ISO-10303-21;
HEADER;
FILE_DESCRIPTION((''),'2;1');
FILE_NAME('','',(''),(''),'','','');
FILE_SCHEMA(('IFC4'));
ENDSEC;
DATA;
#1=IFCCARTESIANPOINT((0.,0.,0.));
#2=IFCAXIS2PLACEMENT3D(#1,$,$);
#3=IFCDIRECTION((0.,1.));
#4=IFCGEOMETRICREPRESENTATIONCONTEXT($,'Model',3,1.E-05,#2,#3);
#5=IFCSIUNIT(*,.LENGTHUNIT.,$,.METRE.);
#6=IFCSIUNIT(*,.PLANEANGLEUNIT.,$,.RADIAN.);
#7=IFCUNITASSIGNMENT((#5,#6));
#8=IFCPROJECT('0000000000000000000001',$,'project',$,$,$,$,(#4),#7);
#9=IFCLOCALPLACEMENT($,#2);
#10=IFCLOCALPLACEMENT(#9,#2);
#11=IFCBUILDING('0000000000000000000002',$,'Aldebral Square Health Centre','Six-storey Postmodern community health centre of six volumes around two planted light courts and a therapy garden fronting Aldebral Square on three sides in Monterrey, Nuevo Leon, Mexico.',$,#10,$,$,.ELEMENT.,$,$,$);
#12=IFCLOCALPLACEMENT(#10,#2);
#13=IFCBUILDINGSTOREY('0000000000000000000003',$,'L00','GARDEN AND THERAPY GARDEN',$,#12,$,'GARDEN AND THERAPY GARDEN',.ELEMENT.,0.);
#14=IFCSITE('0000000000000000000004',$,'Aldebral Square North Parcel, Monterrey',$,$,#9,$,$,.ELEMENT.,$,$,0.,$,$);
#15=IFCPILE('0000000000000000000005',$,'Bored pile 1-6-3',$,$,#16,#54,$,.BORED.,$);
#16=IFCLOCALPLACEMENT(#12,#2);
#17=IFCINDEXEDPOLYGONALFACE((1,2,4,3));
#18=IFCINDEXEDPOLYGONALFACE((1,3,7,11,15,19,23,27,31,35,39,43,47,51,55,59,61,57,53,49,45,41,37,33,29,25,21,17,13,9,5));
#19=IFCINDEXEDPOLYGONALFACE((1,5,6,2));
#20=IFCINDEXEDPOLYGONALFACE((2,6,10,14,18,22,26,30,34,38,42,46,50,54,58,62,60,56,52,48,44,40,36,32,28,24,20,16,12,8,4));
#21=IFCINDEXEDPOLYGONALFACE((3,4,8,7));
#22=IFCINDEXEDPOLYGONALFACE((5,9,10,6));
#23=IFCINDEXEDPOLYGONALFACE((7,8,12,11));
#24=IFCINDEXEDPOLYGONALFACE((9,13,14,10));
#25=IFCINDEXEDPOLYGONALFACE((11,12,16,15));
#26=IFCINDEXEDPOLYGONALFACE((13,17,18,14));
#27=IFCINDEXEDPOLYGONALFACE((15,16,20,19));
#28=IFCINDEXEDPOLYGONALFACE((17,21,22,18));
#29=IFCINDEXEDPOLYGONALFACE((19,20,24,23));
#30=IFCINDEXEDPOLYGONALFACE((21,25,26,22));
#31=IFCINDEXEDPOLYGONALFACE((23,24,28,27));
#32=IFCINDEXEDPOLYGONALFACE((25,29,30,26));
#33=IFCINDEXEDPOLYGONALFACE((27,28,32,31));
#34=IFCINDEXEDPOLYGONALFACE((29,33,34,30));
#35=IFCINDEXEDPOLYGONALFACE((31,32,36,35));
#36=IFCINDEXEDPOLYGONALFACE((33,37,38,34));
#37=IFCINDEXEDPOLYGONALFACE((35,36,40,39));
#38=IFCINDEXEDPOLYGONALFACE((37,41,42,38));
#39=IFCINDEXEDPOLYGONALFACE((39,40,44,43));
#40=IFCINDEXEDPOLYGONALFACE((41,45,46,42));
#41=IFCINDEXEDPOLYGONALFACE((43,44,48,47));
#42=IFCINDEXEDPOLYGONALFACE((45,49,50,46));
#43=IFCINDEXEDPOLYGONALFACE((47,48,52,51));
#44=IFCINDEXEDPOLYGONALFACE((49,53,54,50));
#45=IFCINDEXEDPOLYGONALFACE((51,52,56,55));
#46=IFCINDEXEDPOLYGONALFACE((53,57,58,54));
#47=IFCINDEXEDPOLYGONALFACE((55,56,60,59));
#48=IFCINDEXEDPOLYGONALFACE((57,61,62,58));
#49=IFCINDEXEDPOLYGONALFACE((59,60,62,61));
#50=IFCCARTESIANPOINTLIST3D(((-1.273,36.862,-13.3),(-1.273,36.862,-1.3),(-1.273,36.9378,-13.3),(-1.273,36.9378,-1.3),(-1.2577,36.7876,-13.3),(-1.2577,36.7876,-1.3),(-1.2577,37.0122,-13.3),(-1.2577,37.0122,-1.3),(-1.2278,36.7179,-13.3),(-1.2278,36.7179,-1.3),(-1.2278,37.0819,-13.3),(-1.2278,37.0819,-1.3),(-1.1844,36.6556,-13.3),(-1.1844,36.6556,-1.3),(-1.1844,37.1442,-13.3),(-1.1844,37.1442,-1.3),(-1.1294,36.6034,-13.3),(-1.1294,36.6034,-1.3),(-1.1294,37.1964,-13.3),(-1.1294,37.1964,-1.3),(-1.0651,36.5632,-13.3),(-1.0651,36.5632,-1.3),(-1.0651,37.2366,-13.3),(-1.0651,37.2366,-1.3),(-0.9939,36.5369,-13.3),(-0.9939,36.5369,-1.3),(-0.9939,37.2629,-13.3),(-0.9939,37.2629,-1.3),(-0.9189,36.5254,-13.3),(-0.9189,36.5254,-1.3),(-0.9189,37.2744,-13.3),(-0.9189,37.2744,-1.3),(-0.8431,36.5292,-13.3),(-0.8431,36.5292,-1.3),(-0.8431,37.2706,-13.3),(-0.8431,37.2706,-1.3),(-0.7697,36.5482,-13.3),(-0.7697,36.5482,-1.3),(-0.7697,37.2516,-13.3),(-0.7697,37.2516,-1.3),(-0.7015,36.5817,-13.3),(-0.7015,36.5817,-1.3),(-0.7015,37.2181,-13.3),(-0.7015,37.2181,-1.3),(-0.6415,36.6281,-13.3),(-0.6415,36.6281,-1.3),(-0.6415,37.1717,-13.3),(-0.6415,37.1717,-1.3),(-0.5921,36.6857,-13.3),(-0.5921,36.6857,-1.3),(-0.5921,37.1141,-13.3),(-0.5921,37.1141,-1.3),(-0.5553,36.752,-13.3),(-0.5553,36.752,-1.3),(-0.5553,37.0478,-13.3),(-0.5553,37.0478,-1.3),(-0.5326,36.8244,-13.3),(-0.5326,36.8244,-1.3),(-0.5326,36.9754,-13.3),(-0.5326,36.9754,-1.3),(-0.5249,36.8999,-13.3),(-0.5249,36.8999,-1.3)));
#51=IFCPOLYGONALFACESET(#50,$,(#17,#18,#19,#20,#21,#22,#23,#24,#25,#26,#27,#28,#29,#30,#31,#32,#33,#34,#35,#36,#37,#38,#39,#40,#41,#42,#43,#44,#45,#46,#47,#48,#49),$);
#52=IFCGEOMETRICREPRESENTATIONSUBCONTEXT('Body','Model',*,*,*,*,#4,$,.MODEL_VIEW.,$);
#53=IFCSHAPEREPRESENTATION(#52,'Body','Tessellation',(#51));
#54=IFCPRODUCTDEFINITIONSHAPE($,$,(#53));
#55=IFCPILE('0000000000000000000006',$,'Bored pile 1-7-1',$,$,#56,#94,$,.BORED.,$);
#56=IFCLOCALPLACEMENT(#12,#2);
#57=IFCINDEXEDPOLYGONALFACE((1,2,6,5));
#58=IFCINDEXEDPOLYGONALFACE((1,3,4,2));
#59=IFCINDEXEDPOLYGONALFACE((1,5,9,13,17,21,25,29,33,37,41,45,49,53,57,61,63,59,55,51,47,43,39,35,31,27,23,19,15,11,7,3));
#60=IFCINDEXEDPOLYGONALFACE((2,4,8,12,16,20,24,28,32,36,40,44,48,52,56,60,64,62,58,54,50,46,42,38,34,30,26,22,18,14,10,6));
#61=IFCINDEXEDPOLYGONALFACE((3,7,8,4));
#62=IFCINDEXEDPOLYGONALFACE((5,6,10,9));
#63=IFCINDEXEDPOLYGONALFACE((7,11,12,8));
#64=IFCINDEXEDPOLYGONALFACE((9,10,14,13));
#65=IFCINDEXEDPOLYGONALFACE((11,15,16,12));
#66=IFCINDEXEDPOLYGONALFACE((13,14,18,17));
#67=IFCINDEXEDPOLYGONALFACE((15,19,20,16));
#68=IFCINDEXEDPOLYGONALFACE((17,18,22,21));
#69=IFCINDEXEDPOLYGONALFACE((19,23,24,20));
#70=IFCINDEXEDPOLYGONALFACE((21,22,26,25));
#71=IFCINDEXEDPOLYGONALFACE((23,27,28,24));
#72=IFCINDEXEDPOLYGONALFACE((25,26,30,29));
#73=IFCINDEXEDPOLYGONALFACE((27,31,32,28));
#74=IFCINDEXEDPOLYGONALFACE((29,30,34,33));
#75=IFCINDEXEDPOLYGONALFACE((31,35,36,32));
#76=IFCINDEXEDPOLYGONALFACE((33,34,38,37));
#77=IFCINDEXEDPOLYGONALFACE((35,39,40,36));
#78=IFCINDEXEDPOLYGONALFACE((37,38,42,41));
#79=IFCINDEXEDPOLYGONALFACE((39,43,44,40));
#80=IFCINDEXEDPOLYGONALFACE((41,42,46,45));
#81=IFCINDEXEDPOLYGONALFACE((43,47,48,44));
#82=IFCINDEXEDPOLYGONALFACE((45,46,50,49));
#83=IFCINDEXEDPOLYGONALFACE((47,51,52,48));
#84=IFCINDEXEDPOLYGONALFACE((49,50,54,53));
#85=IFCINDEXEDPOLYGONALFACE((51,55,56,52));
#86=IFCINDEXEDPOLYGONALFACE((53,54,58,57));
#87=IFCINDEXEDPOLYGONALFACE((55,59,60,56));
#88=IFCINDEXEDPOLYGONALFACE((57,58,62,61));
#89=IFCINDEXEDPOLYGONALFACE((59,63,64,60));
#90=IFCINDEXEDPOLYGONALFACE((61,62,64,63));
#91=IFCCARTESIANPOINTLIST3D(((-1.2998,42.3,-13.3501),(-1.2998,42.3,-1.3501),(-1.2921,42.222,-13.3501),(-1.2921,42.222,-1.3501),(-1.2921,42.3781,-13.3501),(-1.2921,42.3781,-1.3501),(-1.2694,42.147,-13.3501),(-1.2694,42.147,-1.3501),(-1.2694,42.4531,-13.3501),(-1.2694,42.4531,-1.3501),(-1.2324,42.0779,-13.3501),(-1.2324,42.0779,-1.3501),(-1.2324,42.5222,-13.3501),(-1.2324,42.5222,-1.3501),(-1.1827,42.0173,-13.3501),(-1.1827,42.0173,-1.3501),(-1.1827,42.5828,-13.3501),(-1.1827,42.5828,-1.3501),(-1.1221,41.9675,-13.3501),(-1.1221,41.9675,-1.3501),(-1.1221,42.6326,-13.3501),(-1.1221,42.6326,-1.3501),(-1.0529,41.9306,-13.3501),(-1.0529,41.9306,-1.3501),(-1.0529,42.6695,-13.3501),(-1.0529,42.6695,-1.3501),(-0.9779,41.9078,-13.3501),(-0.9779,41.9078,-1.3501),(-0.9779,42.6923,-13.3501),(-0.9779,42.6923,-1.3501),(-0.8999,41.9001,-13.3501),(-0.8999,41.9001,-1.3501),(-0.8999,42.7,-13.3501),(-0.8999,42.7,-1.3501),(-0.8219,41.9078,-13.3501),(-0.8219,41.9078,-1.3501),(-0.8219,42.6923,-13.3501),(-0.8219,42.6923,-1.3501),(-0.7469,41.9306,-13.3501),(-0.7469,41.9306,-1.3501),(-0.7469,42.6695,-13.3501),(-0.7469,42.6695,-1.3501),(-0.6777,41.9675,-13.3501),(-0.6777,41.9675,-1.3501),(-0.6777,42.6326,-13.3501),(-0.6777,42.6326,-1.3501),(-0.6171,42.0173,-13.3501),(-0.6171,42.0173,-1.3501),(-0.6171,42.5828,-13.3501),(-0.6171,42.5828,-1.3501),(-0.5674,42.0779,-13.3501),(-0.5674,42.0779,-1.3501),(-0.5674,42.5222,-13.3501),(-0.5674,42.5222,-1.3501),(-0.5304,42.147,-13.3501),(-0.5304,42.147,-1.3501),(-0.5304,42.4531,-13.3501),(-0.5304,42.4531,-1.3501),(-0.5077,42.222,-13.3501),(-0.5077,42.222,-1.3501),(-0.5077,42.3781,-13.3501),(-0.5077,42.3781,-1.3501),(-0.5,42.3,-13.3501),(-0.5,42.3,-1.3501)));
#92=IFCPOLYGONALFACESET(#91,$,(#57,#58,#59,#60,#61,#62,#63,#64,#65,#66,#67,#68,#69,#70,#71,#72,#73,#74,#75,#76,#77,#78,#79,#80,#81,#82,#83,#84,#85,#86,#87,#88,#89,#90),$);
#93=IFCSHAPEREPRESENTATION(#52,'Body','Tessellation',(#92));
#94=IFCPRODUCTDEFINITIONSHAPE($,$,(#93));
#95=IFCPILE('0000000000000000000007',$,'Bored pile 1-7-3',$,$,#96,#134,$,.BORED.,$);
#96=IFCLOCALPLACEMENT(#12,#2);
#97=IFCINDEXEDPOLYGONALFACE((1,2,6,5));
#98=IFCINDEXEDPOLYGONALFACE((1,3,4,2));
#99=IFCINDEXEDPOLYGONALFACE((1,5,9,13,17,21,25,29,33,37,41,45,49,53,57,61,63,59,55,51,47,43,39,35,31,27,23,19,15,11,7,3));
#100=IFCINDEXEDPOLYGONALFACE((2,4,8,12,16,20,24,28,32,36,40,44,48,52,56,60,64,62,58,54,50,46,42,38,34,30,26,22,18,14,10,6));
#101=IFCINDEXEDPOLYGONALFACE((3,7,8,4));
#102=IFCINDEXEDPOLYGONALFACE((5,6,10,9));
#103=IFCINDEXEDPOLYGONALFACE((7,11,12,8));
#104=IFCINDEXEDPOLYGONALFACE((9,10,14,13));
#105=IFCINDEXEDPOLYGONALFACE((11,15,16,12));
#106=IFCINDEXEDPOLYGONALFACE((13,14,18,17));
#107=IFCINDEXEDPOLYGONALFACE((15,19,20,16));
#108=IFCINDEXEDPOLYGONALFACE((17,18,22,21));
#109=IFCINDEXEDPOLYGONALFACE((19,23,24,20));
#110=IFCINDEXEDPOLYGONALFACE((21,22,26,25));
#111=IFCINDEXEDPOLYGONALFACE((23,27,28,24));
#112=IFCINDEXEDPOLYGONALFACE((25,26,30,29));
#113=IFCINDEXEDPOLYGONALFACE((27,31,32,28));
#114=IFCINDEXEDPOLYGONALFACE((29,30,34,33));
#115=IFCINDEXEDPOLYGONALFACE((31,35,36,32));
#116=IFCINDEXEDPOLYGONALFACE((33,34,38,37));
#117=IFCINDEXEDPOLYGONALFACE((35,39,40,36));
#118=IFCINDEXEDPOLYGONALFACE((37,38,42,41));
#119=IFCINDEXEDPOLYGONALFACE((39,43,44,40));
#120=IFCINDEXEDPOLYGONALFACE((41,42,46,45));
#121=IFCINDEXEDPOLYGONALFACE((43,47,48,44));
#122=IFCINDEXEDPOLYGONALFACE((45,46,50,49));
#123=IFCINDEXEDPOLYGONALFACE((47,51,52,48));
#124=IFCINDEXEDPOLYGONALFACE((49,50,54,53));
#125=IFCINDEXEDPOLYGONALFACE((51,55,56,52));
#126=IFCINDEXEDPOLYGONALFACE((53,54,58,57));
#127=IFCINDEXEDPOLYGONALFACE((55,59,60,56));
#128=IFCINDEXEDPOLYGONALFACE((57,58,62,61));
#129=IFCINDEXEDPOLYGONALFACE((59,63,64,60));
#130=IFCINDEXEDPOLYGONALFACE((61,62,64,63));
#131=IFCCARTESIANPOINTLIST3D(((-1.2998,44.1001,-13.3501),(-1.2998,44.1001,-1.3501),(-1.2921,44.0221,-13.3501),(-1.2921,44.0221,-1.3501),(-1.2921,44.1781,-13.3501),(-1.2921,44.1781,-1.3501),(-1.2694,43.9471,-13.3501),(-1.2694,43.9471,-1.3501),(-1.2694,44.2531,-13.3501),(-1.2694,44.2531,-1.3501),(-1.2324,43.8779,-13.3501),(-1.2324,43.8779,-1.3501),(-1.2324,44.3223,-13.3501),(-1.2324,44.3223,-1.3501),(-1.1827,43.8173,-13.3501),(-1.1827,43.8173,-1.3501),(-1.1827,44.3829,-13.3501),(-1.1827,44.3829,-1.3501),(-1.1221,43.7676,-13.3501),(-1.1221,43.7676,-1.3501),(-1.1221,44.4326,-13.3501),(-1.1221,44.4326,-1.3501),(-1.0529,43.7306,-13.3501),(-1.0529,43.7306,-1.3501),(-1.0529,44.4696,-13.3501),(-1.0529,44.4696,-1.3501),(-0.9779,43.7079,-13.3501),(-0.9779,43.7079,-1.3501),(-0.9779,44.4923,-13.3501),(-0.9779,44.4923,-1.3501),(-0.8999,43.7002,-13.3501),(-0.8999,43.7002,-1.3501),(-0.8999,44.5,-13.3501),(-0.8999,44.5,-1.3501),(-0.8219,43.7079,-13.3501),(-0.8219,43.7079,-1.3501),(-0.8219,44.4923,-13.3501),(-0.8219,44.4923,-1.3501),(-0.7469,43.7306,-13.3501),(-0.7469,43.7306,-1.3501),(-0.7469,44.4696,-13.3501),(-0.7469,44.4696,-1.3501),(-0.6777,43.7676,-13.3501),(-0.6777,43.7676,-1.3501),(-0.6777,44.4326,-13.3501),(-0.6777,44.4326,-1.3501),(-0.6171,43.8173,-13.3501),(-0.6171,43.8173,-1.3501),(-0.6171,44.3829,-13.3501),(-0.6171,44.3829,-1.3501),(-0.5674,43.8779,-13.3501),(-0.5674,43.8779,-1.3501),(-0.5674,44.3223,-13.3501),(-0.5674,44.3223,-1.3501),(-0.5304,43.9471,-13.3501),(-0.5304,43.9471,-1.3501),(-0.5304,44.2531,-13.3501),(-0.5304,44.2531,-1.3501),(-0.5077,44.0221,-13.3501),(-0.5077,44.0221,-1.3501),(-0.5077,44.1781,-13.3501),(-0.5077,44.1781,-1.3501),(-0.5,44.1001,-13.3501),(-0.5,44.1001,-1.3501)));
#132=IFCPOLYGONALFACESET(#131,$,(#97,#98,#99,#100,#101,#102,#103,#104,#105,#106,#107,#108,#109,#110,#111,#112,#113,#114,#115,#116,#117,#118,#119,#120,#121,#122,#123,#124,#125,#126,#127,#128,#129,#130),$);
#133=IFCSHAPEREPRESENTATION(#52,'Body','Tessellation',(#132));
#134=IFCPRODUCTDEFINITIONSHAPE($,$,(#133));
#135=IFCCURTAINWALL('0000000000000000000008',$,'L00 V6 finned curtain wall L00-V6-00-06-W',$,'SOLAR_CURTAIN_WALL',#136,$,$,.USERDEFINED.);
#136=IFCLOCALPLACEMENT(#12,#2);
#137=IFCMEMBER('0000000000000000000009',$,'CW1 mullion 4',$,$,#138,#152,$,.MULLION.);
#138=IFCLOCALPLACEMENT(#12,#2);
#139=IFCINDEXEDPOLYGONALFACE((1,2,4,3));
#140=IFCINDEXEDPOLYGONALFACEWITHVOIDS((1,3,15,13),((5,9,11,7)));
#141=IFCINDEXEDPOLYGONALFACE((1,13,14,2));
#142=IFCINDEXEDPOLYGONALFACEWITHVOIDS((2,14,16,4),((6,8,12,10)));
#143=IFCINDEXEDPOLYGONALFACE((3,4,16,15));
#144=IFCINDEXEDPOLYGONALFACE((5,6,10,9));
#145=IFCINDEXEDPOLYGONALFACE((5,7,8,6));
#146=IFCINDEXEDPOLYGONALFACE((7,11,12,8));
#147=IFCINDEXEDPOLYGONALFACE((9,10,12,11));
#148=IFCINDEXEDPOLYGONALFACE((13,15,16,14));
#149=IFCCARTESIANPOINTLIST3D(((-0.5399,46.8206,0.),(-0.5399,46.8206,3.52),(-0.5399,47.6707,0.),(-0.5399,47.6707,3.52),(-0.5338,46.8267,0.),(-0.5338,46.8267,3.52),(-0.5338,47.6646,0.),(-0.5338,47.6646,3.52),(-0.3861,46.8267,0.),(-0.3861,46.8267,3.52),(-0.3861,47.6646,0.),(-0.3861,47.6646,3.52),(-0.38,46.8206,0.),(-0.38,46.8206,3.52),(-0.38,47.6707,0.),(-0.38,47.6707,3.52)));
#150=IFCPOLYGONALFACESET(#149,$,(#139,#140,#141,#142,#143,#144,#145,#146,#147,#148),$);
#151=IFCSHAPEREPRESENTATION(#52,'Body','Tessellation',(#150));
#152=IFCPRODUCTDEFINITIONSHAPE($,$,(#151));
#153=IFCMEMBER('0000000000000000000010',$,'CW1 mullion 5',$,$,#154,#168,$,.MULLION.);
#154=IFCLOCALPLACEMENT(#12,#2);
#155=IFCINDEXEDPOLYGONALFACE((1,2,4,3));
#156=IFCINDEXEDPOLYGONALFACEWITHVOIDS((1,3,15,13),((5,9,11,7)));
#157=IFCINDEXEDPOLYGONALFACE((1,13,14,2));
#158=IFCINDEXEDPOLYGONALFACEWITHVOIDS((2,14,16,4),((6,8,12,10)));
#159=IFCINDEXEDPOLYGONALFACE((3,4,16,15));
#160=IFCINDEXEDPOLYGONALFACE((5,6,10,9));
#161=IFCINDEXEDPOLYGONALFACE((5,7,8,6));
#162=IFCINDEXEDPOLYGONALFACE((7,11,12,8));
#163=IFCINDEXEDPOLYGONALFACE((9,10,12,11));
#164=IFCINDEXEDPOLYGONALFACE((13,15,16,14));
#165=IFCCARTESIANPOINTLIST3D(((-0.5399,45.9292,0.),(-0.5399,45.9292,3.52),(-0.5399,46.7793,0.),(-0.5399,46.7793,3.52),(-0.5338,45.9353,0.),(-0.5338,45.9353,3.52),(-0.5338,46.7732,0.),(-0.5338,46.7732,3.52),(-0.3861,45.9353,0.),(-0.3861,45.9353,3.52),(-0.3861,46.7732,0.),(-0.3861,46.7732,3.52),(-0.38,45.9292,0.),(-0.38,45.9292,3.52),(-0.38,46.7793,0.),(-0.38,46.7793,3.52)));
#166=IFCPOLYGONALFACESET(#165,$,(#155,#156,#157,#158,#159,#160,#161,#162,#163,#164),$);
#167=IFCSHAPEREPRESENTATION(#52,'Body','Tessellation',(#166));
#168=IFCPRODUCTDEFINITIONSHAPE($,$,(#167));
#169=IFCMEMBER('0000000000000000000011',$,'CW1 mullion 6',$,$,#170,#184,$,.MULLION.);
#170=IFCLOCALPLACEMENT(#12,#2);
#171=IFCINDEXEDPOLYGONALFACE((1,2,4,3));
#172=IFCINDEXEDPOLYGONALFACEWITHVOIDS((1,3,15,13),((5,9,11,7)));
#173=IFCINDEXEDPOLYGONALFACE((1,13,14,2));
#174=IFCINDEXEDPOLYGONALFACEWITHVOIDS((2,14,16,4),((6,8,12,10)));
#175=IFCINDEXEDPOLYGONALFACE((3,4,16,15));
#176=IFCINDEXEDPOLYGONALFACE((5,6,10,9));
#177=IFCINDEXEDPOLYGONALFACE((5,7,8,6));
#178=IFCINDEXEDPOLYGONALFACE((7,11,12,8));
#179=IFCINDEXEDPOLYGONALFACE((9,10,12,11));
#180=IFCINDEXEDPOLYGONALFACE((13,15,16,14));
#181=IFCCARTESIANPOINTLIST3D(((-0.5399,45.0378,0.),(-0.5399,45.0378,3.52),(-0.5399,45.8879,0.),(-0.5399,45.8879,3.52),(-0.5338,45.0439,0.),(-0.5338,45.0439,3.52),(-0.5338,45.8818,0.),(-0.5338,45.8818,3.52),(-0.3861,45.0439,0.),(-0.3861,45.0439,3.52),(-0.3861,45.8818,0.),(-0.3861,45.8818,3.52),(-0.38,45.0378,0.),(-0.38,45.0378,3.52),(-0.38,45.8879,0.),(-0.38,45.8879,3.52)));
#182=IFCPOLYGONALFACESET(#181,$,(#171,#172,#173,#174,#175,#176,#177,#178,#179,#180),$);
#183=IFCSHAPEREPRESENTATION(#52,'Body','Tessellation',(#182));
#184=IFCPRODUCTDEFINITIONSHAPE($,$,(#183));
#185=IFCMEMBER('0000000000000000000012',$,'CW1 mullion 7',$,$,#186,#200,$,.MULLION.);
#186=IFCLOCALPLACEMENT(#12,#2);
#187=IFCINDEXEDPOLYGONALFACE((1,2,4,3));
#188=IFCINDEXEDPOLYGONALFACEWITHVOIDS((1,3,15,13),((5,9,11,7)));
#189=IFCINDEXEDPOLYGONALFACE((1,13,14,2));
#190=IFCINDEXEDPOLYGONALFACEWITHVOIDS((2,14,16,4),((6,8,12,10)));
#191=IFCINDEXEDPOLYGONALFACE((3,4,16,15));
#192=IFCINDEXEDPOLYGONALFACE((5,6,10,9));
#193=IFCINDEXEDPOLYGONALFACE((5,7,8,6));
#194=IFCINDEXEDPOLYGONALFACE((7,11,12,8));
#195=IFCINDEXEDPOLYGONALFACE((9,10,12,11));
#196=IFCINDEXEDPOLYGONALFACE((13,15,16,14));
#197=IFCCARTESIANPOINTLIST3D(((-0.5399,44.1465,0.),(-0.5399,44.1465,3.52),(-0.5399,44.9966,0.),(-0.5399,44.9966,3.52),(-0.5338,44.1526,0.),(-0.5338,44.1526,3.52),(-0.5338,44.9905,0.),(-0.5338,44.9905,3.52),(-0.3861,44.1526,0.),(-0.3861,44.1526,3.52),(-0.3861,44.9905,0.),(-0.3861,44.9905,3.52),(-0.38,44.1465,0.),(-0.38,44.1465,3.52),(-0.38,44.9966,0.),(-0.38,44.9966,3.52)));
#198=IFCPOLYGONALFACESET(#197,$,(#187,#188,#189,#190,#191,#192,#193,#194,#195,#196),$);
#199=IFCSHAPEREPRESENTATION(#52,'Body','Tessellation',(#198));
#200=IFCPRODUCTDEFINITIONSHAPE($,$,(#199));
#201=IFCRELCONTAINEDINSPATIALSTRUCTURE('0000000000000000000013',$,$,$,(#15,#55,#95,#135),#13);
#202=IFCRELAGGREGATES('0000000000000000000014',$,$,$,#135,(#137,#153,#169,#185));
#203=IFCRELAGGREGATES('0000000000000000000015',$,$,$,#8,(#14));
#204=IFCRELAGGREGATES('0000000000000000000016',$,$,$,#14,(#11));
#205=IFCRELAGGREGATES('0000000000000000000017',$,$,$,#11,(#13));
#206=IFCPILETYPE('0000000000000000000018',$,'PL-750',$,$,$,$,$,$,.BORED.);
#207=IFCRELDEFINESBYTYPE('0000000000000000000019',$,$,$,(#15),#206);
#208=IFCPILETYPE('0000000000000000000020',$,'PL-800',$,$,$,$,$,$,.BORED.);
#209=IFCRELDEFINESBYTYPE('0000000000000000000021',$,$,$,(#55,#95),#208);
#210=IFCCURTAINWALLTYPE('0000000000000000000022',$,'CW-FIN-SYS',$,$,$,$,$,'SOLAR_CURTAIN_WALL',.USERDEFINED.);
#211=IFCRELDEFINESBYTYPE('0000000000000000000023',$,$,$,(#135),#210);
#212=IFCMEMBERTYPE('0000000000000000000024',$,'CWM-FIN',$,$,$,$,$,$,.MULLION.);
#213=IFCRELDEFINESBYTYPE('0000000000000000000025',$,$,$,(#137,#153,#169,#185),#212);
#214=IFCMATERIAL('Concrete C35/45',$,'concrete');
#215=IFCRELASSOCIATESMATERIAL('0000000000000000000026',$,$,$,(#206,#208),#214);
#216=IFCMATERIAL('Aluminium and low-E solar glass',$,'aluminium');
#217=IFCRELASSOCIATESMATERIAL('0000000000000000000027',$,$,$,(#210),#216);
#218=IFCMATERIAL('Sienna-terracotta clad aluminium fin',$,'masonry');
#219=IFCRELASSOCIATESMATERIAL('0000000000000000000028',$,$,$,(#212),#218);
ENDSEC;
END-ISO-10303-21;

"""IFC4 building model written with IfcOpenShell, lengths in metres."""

from ifc_helpers import new_model, si_unit, direction, frame, origin, origin_2d, place, context, subcontext, project, spatial, hollow_rectangle, circle, extrude, material, material_profile, profile_set, type_object, element, aggregate, save


model = new_model("IFC4")

# Units and contexts
model_context = context("Model", 3, precision=1e-05, world=origin(), true_north=direction((0.0, 1.0)))
body_context = subcontext(model_context, "Body", "Model", "MODEL_VIEW")
ifc_project = project(units=[si_unit("LENGTHUNIT", "METRE"), si_unit("PLANEANGLEUNIT", "RADIAN")], contexts=[model_context])

# Site, building, storey
site_placement = place(None, origin())
site = spatial("IfcSite", under=ifc_project, at=site_placement, Name="Aldebral Square North Parcel, Monterrey", CompositionType="ELEMENT", RefElevation=0.0)
building_placement = place(site_placement, origin())
building = spatial("IfcBuilding", under=site, at=building_placement, Name="Aldebral Square Health Centre", Description="Six-storey Postmodern community health centre of six volumes around two planted light courts and a therapy garden fronting Aldebral Square on three sides in Monterrey, Nuevo Leon, Mexico.", CompositionType="ELEMENT")
storey_placement = place(building_placement, origin())
storey = spatial("IfcBuildingStorey", under=building, at=storey_placement, Name="L00", Description="GARDEN AND THERAPY GARDEN", LongName="GARDEN AND THERAPY GARDEN", CompositionType="ELEMENT", Elevation=0.0)

# Piles
ifc_material_1 = material(Name="Concrete C35/45", Category="concrete")
ifc_material_profile_1 = material_profile(ifc_material_1, circle(Radius=0.375, at=origin_2d()), Name="PILE D750")
ifc_profile_set_1 = profile_set([ifc_material_profile_1], Name="Concrete C35/45")
pile_type_1 = type_object("IfcPileType", Name="PL-750", PredefinedType="BORED", material=ifc_profile_set_1)
pile_placement = place(storey_placement, frame((-0.8999, 36.8999, -1.3), z_axis=(0.0, 0.0, -1.0), x_axis=(1.0, 0.0, 0.0)))
element("IfcPile", 1, at=pile_placement, inside=storey, type_object=pile_type_1, Name="Bored pile 1-6-3", PredefinedType="BORED", context=body_context, shape_type="SweptSolid", body=[
    extrude(circle(Radius=0.375, at=origin_2d()), origin(), (0.0, 0.0, 1.0), 12.0),
])
ifc_material_profile_2 = material_profile(ifc_material_1, circle(Radius=0.3999, at=origin_2d()), Name="PILE D800")
ifc_profile_set_2 = profile_set([ifc_material_profile_2], Name="Concrete C35/45")
pile_type_2 = type_object("IfcPileType", Name="PL-800", PredefinedType="BORED", material=ifc_profile_set_2)
for number, where, z_axis, x_axis, name in (
    (2, (-0.8999, 42.3, -1.3501), (0.0, 0.0, -1.0), (1.0, 0.0, 0.0), "Bored pile 1-7-1"),
    (3, (-0.8999, 44.1001, -1.3501), (0.0, 0.0, -1.0), (1.0, 0.0, 0.0), "Bored pile 1-7-3"),
):
    element("IfcPile", number, at=place(storey_placement, frame(where, z_axis=z_axis, x_axis=x_axis)), inside=storey, type_object=pile_type_2, Name=name, PredefinedType="BORED", context=body_context, shape_type="SweptSolid", body=[
        extrude(circle(Radius=0.3999, at=origin_2d()), origin(), (0.0, 0.0, 1.0), 12.0),
    ])

# Curtain wall, members
ifc_material_2 = material(Name="Aluminium and low-E solar glass", Category="aluminium")
curtain_wall_type = type_object("IfcCurtainWallType", Name="CW-FIN-SYS", ElementType="SOLAR_CURTAIN_WALL", PredefinedType="USERDEFINED", material=ifc_material_2)
curtain_wall_placement = place(storey_placement, origin())
curtain_wall = element("IfcCurtainWall", 4, at=curtain_wall_placement, inside=storey, type_object=curtain_wall_type, Name="L00 V6 finned curtain wall L00-V6-00-06-W", ObjectType="SOLAR_CURTAIN_WALL", PredefinedType="USERDEFINED")
ifc_material_3 = material(Name="Sienna-terracotta clad aluminium fin", Category="masonry")
ifc_material_profile_3 = material_profile(ifc_material_3, hollow_rectangle(XDim=0.1599, YDim=0.8501, WallThickness=0.0061, at=origin_2d()), Name="FIN 160x850x6")
ifc_profile_set_3 = profile_set([ifc_material_profile_3], Name="Sienna-terracotta clad aluminium fin")
member_type_1 = type_object("IfcMemberType", Name="CWM-FIN", PredefinedType="MULLION", material=ifc_profile_set_3)
member_1_placement = place(storey_placement, frame((-0.46, 47.2456, 0.0), z_axis=(0.0, 0.0, 1.0), x_axis=(1.0, 0.0, 0.0)))
member_1 = element("IfcMember", 5, at=member_1_placement, type_object=member_type_1, Name="CW1 mullion 4", PredefinedType="MULLION", context=body_context, shape_type="SweptSolid", body=[
    extrude(hollow_rectangle(XDim=0.1599, YDim=0.8501, WallThickness=0.0061, at=origin_2d()), origin(), (0.0, 0.0, 1.0), 3.52),
])
member_2_placement = place(storey_placement, frame((-0.46, 46.3542, 0.0), z_axis=(0.0, 0.0, 1.0), x_axis=(1.0, 0.0, 0.0)))
member_2 = element("IfcMember", 6, at=member_2_placement, type_object=member_type_1, Name="CW1 mullion 5", PredefinedType="MULLION", context=body_context, shape_type="SweptSolid", body=[
    extrude(hollow_rectangle(XDim=0.1599, YDim=0.8501, WallThickness=0.0061, at=origin_2d()), origin(), (0.0, 0.0, 1.0), 3.52),
])
member_3_placement = place(storey_placement, frame((-0.46, 45.4629, 0.0), z_axis=(0.0, 0.0, 1.0), x_axis=(1.0, 0.0, 0.0)))
member_3 = element("IfcMember", 7, at=member_3_placement, type_object=member_type_1, Name="CW1 mullion 6", PredefinedType="MULLION", context=body_context, shape_type="SweptSolid", body=[
    extrude(hollow_rectangle(XDim=0.1599, YDim=0.8501, WallThickness=0.0061, at=origin_2d()), origin(), (0.0, 0.0, 1.0), 3.52),
])
member_4_placement = place(storey_placement, frame((-0.46, 44.5715, 0.0), z_axis=(0.0, 0.0, 1.0), x_axis=(1.0, 0.0, 0.0)))
member_4 = element("IfcMember", 8, at=member_4_placement, type_object=member_type_1, Name="CW1 mullion 7", PredefinedType="MULLION", context=body_context, shape_type="SweptSolid", body=[
    extrude(hollow_rectangle(XDim=0.1599, YDim=0.8501, WallThickness=0.0061, at=origin_2d()), origin(), (0.0, 0.0, 1.0), 3.52),
])
aggregate(curtain_wall, [member_1, member_2, member_3, member_4])

save(model, "model.ifc")
